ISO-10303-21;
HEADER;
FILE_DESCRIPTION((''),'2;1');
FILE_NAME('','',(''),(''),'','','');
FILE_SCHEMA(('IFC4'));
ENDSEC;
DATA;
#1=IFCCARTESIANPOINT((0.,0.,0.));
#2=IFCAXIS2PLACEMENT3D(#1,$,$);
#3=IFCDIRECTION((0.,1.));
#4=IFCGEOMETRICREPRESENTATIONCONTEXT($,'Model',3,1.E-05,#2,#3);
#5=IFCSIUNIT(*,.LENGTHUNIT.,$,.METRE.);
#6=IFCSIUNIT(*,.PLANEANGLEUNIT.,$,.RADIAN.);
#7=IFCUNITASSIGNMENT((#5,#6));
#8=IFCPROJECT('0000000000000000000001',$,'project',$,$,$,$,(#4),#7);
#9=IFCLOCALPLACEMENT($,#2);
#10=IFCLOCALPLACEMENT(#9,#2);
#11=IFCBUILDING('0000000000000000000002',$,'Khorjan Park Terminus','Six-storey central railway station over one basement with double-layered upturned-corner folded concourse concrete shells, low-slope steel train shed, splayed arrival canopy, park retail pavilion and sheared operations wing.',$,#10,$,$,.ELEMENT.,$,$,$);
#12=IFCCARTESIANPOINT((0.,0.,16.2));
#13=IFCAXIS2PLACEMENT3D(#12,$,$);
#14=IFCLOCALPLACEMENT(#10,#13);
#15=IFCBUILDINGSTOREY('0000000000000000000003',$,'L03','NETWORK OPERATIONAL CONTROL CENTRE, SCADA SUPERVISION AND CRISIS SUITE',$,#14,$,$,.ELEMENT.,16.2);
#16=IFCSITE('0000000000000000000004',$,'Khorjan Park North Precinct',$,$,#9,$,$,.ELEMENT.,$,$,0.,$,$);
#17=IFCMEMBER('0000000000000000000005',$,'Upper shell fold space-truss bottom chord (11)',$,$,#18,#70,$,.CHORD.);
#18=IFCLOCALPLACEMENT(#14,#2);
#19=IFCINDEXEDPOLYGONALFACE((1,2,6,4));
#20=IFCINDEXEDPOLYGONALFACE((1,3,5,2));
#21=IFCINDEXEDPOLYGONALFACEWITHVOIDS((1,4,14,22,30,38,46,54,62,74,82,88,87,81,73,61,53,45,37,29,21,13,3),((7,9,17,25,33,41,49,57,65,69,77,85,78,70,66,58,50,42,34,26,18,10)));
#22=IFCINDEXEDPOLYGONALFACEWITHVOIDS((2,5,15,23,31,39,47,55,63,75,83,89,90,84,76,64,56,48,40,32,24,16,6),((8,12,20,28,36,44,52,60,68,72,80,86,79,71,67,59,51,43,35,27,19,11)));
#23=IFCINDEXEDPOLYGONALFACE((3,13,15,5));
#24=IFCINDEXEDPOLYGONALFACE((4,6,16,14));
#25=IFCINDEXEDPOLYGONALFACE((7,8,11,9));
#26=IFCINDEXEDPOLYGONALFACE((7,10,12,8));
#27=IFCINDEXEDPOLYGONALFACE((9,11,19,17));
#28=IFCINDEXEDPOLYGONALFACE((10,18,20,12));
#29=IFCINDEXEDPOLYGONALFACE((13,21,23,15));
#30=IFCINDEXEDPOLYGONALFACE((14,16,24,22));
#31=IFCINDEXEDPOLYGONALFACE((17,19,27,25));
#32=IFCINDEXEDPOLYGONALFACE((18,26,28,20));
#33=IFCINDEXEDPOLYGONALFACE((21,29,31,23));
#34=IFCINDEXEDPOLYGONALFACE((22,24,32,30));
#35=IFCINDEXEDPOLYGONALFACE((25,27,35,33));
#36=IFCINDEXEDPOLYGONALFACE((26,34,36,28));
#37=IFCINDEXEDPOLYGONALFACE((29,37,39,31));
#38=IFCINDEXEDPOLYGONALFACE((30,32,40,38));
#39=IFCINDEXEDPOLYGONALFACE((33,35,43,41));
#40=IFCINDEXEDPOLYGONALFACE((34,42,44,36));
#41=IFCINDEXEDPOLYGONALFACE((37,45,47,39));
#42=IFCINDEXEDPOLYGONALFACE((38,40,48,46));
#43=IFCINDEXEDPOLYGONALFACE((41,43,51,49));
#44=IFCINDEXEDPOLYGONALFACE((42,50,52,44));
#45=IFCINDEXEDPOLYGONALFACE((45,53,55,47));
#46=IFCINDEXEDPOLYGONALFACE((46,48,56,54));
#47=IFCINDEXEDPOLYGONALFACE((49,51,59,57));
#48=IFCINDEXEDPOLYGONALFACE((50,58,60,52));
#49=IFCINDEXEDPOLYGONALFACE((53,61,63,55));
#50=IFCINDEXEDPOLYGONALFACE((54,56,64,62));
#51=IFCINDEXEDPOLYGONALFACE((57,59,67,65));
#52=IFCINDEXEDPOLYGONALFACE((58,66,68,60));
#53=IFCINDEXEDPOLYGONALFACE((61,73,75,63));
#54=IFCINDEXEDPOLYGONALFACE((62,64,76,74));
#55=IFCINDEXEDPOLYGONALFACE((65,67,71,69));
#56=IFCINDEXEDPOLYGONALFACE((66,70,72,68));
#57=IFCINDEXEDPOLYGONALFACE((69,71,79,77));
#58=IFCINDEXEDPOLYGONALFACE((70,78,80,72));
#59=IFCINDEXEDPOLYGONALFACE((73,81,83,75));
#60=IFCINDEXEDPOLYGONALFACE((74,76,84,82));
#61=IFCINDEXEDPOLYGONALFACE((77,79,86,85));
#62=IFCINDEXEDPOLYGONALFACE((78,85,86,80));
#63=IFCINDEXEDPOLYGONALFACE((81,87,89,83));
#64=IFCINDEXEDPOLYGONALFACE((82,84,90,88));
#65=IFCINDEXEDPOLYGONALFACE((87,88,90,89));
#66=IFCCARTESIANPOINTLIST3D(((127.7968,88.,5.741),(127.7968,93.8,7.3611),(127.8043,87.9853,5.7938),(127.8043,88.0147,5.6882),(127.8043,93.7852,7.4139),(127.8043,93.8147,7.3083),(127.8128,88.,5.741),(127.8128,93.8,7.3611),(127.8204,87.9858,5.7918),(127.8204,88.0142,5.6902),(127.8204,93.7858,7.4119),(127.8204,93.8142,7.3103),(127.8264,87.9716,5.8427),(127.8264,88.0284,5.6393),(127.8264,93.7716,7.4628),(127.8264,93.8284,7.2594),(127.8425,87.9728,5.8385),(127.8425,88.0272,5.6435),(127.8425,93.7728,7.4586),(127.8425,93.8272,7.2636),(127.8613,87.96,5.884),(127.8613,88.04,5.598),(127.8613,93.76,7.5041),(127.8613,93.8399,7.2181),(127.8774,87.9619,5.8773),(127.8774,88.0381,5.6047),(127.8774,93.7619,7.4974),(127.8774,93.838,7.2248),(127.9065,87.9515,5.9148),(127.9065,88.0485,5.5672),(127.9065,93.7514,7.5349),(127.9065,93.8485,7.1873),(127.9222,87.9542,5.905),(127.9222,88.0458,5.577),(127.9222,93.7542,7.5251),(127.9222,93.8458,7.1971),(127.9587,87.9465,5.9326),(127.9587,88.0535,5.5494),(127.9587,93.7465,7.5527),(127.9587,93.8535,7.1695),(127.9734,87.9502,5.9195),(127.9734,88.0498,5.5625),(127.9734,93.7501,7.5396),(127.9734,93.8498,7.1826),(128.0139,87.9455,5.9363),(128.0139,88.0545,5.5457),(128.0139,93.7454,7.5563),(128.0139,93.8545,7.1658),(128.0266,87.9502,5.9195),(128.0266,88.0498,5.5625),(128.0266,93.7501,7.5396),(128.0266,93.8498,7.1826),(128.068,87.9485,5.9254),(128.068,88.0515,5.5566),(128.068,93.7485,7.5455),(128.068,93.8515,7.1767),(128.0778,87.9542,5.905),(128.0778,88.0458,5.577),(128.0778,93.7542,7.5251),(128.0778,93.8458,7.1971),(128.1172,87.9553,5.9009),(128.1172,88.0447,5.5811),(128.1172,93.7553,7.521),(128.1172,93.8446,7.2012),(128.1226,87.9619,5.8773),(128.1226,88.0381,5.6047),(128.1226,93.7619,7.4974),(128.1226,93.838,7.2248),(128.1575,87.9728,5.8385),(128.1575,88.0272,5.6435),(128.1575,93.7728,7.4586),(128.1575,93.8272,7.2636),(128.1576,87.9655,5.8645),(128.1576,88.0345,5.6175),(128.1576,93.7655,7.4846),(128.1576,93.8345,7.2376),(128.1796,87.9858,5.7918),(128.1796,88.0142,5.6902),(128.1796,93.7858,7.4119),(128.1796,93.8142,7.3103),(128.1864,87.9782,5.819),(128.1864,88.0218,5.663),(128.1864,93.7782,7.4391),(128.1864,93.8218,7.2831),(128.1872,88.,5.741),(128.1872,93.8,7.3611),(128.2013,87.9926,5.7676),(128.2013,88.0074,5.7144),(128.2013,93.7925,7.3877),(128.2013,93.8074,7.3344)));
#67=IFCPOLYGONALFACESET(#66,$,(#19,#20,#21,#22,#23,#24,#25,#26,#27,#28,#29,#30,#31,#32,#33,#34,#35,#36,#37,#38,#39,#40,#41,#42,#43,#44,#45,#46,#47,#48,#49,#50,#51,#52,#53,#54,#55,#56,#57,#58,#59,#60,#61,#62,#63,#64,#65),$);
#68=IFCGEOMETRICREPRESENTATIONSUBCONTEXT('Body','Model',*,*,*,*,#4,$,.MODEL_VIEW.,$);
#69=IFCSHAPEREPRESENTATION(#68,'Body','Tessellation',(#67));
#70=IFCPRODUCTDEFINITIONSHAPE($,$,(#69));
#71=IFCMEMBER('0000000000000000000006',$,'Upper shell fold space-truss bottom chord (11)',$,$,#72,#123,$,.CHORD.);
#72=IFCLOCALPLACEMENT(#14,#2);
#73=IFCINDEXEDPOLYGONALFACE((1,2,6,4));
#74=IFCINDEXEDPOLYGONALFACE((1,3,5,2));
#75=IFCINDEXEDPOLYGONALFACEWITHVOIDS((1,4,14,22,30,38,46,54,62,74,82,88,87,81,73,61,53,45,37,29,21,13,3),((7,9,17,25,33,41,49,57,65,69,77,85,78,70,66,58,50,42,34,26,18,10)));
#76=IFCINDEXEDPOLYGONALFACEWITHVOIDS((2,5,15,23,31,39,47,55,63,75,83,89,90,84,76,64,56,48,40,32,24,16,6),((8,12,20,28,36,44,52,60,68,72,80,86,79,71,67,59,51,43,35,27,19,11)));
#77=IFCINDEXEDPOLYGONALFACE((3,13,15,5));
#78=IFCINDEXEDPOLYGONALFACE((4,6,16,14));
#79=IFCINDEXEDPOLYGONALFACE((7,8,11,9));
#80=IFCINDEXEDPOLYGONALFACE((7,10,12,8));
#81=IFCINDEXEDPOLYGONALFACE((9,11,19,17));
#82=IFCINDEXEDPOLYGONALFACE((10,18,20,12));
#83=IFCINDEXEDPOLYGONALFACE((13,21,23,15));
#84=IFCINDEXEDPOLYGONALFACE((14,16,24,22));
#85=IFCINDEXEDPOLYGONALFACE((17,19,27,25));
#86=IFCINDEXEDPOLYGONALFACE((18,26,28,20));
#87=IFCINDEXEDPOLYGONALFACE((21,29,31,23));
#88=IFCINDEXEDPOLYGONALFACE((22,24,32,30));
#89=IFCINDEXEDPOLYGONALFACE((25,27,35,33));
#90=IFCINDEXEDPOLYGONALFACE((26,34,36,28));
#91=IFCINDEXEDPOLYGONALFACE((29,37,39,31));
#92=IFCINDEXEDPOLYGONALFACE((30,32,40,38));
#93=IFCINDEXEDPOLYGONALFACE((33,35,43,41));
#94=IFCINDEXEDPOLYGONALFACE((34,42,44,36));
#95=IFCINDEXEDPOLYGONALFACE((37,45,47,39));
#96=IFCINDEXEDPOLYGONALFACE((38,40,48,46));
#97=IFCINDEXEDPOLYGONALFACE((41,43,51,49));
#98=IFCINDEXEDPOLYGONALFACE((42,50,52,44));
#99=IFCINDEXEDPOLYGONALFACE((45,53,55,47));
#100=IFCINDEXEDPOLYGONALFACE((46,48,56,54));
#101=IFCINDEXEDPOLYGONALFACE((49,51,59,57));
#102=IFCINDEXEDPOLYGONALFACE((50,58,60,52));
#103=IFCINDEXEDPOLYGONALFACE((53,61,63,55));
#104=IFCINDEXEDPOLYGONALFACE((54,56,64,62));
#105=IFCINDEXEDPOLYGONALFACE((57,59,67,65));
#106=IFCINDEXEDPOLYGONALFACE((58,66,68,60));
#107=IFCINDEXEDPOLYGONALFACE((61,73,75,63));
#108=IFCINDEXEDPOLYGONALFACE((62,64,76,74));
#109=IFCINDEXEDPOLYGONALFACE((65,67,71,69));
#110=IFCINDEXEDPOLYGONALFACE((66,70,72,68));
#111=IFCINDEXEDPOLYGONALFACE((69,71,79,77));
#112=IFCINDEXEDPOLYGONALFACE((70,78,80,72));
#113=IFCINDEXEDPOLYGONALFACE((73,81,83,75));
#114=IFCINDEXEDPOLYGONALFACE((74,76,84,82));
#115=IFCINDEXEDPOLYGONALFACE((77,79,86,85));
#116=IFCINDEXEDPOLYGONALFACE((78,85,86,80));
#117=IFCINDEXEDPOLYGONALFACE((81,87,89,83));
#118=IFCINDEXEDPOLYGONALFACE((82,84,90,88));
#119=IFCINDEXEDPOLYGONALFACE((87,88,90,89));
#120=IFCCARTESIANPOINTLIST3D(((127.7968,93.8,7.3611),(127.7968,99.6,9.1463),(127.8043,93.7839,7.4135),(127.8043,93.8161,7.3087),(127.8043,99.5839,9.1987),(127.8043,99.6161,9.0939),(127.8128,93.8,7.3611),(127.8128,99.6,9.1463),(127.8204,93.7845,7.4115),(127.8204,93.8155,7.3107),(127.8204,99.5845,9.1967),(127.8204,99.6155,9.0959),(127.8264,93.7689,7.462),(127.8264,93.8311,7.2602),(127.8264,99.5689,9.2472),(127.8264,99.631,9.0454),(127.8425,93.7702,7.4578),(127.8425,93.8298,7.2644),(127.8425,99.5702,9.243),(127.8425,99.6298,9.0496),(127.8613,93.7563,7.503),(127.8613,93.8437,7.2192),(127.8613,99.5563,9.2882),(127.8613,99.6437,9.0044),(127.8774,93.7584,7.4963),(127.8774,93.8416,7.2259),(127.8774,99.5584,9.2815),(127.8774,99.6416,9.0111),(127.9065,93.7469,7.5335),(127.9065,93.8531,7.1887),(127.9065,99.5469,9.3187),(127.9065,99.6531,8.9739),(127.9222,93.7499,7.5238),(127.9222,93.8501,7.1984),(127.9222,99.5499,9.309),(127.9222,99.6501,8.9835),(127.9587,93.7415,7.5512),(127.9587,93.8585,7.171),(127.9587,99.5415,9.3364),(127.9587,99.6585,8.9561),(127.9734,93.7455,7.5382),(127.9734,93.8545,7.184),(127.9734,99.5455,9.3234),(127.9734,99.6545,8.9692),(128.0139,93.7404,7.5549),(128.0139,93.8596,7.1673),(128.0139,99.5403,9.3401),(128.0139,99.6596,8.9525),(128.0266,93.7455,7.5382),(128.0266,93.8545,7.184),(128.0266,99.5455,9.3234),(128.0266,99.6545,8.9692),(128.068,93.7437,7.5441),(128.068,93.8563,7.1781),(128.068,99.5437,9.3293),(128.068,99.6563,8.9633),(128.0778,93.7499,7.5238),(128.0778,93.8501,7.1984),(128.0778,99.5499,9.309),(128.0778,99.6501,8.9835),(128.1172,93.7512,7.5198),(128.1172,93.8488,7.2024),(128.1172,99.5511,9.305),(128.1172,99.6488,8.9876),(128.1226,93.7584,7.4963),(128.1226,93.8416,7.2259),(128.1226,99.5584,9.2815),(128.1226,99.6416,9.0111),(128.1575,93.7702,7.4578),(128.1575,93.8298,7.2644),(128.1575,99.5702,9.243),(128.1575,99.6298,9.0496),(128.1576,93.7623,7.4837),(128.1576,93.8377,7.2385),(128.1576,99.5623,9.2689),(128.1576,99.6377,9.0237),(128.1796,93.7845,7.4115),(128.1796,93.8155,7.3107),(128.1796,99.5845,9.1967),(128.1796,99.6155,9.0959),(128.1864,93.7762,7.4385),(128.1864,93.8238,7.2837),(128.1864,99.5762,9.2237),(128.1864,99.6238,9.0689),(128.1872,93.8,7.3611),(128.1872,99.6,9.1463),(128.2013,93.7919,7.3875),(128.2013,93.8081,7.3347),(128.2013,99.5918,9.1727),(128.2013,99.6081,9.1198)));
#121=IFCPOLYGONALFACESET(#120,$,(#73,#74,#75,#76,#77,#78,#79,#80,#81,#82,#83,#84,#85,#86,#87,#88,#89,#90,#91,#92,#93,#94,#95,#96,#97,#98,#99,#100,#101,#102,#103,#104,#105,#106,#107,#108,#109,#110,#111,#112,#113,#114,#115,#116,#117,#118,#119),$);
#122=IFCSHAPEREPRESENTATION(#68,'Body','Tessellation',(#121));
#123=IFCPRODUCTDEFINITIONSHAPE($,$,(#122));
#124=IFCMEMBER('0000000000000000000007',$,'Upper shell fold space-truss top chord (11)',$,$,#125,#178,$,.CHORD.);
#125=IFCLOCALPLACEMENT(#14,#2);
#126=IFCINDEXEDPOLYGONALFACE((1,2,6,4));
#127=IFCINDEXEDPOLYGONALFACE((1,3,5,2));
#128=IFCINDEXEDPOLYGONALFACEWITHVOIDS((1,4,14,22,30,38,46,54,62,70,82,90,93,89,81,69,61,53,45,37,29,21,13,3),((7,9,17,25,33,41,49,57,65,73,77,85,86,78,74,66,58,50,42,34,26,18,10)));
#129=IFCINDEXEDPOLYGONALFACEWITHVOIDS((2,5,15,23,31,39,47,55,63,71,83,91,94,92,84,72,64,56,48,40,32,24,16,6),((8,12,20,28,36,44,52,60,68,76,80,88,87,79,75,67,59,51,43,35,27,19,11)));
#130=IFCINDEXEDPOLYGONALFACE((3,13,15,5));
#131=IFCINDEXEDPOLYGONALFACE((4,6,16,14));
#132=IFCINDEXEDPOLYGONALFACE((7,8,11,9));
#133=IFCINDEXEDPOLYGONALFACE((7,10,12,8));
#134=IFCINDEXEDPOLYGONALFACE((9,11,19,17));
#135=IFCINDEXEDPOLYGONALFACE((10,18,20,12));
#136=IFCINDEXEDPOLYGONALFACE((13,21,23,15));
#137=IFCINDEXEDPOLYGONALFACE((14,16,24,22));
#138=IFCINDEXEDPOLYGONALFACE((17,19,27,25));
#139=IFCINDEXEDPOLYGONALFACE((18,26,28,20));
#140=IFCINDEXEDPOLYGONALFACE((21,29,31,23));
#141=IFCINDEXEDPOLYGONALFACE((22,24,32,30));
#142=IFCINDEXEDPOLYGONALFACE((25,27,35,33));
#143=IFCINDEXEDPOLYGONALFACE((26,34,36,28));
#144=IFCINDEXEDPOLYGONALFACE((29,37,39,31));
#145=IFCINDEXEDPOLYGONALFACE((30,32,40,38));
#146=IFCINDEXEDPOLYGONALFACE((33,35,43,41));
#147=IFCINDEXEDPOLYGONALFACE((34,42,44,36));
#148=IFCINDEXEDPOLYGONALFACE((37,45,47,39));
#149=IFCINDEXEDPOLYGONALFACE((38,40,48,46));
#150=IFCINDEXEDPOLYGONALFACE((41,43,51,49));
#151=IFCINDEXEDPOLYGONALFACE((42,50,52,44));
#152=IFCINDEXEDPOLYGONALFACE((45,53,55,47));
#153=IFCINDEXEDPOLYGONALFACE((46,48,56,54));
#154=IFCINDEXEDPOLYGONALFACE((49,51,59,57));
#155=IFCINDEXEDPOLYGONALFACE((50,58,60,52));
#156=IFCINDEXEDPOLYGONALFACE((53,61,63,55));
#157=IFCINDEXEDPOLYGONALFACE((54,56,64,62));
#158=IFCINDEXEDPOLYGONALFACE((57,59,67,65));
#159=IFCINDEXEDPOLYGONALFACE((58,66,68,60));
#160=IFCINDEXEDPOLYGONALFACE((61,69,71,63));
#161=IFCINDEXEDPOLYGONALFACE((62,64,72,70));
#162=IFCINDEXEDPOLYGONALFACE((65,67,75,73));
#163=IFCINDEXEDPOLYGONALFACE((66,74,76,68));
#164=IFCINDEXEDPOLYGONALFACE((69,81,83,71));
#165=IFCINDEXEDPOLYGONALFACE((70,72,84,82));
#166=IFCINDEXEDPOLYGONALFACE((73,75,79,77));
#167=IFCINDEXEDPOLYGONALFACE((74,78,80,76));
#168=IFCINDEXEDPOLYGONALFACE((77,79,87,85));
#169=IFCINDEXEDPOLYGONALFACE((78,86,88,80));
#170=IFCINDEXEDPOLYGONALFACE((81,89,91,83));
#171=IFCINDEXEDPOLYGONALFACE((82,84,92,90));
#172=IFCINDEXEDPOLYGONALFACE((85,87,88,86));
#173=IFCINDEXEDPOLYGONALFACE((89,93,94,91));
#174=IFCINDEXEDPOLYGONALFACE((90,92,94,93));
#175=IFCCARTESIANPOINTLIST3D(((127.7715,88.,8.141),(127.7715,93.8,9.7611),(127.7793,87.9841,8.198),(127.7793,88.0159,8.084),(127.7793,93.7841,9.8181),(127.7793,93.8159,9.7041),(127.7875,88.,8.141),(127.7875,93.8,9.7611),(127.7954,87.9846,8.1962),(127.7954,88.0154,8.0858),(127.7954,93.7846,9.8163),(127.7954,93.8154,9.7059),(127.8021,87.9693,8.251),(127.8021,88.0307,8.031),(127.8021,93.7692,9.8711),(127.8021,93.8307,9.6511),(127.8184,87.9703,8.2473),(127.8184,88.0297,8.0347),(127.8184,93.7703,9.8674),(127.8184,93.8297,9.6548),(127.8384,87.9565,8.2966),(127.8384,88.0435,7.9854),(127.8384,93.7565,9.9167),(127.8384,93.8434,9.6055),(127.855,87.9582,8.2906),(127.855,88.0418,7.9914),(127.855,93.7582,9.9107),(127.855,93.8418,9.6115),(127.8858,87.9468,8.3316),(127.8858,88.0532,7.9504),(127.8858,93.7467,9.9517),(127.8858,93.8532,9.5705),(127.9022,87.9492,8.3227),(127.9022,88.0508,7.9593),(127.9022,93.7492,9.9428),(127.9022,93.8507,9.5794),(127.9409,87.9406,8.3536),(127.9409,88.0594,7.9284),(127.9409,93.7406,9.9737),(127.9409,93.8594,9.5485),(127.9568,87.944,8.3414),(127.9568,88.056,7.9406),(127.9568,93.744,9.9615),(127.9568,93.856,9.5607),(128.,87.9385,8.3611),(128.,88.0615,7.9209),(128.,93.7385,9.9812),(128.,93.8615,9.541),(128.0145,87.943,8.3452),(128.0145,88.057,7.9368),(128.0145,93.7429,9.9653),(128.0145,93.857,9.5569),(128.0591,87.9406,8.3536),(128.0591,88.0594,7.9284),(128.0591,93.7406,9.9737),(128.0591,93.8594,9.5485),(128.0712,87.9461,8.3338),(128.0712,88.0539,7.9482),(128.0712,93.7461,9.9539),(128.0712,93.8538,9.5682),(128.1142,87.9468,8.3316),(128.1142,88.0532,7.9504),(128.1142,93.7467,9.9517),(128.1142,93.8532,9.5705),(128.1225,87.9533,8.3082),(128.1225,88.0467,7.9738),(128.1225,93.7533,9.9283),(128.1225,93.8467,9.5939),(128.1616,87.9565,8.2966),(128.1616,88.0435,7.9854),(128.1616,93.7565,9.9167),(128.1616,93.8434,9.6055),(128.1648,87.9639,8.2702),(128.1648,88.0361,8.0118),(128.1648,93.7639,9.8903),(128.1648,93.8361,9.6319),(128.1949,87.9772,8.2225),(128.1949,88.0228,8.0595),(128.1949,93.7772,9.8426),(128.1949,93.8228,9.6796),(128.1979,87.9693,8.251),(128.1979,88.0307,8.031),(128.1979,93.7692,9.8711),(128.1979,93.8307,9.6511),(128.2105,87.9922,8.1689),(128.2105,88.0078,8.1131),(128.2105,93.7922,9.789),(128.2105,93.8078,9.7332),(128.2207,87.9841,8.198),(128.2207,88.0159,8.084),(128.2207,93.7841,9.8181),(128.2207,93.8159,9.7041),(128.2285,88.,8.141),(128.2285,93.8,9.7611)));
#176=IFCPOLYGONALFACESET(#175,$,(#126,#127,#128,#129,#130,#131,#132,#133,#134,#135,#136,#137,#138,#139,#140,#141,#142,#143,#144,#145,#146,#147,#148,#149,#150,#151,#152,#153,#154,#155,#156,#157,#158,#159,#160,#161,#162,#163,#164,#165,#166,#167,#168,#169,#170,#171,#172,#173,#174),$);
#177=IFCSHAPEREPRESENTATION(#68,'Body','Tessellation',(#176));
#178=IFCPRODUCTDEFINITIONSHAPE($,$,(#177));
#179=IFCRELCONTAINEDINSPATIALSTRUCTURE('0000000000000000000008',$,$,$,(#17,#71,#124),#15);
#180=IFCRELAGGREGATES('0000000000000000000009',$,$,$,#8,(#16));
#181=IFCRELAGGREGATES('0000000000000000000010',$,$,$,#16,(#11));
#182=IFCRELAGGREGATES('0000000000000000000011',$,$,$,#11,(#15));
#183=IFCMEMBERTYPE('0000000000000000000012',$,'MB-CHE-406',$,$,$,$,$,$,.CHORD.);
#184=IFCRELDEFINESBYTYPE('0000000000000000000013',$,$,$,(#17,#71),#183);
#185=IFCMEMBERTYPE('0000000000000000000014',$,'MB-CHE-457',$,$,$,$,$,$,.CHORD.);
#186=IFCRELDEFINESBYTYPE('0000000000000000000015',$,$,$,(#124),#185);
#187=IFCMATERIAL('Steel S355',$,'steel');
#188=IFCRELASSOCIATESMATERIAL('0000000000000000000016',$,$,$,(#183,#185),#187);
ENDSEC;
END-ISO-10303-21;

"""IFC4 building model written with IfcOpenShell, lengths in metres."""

from ifc_helpers import new_model, si_unit, direction, frame, origin, origin_2d, place, context, subcontext, project, spatial, hollow_circle, extrude, material, material_profile, profile_set, type_object, element, save


model = new_model("IFC4")

# Units and contexts
model_context = context("Model", 3, precision=1e-05, world=origin(), true_north=direction((0.0, 1.0)))
body_context = subcontext(model_context, "Body", "Model", "MODEL_VIEW")
ifc_project = project(units=[si_unit("LENGTHUNIT", "METRE"), si_unit("PLANEANGLEUNIT", "RADIAN")], contexts=[model_context])

# Site, building, storey
site_placement = place(None, origin())
site = spatial("IfcSite", under=ifc_project, at=site_placement, Name="Khorjan Park North Precinct", CompositionType="ELEMENT", RefElevation=0.0)
building_placement = place(site_placement, origin())
building = spatial("IfcBuilding", under=site, at=building_placement, Name="Khorjan Park Terminus", Description="Six-storey central railway station over one basement with double-layered upturned-corner folded concourse concrete shells, low-slope steel train shed, splayed arrival canopy, park retail pavilion and sheared operations wing.", CompositionType="ELEMENT")
storey_placement = place(building_placement, frame((0.0, 0.0, 16.2)))
storey = spatial("IfcBuildingStorey", under=building, at=storey_placement, Name="L03", Description="NETWORK OPERATIONAL CONTROL CENTRE, SCADA SUPERVISION AND CRISIS SUITE", CompositionType="ELEMENT", Elevation=16.2)

# Members
ifc_material_1 = material(Name="Steel S355", Category="steel")
ifc_material_profile_1 = material_profile(ifc_material_1, hollow_circle(Radius=0.2032, WallThickness=0.016, at=origin_2d()), Name="CHS 406.4x16")
ifc_profile_set_1 = profile_set([ifc_material_profile_1], Name="Steel S355")
member_type_1 = type_object("IfcMemberType", Name="MB-CHE-406", PredefinedType="CHORD", material=ifc_profile_set_1)
member_1_placement = place(storey_placement, frame((128.0, 88.0, 5.741), z_axis=(0.0, 0.963132, 0.269029), x_axis=(-1.0, 0.0, 0.0)))
element("IfcMember", 1, at=member_1_placement, inside=storey, type_object=member_type_1, Name="Upper shell fold space-truss bottom chord (11)", PredefinedType="CHORD", context=body_context, shape_type="SweptSolid", body=[
    extrude(hollow_circle(Radius=0.2032, WallThickness=0.016, at=origin_2d()), origin(), (0.0, 0.0, 1.0), 6.022),
])
member_2_placement = place(storey_placement, frame((128.0, 93.8, 7.3611), z_axis=(0.0, 0.955752, 0.294174), x_axis=(-1.0, 0.0, 0.0)))
element("IfcMember", 2, at=member_2_placement, inside=storey, type_object=member_type_1, Name="Upper shell fold space-truss bottom chord (11)", PredefinedType="CHORD", context=body_context, shape_type="SweptSolid", body=[
    extrude(hollow_circle(Radius=0.2032, WallThickness=0.016, at=origin_2d()), origin(), (0.0, 0.0, 1.0), 6.0685),
])
ifc_material_profile_2 = material_profile(ifc_material_1, hollow_circle(Radius=0.2285, WallThickness=0.016, at=origin_2d()), Name="CHS 457x16")
ifc_profile_set_2 = profile_set([ifc_material_profile_2], Name="Steel S355")
member_type_2 = type_object("IfcMemberType", Name="MB-CHE-457", PredefinedType="CHORD", material=ifc_profile_set_2)
member_3_placement = place(storey_placement, frame((128.0, 88.0, 8.141), z_axis=(0.0, 0.963132, 0.269029), x_axis=(-1.0, 0.0, 0.0)))
element("IfcMember", 3, at=member_3_placement, inside=storey, type_object=member_type_2, Name="Upper shell fold space-truss top chord (11)", PredefinedType="CHORD", context=body_context, shape_type="SweptSolid", body=[
    extrude(hollow_circle(Radius=0.2285, WallThickness=0.016, at=origin_2d()), origin(), (0.0, 0.0, 1.0), 6.022),
])

save(model, "model.ifc")
